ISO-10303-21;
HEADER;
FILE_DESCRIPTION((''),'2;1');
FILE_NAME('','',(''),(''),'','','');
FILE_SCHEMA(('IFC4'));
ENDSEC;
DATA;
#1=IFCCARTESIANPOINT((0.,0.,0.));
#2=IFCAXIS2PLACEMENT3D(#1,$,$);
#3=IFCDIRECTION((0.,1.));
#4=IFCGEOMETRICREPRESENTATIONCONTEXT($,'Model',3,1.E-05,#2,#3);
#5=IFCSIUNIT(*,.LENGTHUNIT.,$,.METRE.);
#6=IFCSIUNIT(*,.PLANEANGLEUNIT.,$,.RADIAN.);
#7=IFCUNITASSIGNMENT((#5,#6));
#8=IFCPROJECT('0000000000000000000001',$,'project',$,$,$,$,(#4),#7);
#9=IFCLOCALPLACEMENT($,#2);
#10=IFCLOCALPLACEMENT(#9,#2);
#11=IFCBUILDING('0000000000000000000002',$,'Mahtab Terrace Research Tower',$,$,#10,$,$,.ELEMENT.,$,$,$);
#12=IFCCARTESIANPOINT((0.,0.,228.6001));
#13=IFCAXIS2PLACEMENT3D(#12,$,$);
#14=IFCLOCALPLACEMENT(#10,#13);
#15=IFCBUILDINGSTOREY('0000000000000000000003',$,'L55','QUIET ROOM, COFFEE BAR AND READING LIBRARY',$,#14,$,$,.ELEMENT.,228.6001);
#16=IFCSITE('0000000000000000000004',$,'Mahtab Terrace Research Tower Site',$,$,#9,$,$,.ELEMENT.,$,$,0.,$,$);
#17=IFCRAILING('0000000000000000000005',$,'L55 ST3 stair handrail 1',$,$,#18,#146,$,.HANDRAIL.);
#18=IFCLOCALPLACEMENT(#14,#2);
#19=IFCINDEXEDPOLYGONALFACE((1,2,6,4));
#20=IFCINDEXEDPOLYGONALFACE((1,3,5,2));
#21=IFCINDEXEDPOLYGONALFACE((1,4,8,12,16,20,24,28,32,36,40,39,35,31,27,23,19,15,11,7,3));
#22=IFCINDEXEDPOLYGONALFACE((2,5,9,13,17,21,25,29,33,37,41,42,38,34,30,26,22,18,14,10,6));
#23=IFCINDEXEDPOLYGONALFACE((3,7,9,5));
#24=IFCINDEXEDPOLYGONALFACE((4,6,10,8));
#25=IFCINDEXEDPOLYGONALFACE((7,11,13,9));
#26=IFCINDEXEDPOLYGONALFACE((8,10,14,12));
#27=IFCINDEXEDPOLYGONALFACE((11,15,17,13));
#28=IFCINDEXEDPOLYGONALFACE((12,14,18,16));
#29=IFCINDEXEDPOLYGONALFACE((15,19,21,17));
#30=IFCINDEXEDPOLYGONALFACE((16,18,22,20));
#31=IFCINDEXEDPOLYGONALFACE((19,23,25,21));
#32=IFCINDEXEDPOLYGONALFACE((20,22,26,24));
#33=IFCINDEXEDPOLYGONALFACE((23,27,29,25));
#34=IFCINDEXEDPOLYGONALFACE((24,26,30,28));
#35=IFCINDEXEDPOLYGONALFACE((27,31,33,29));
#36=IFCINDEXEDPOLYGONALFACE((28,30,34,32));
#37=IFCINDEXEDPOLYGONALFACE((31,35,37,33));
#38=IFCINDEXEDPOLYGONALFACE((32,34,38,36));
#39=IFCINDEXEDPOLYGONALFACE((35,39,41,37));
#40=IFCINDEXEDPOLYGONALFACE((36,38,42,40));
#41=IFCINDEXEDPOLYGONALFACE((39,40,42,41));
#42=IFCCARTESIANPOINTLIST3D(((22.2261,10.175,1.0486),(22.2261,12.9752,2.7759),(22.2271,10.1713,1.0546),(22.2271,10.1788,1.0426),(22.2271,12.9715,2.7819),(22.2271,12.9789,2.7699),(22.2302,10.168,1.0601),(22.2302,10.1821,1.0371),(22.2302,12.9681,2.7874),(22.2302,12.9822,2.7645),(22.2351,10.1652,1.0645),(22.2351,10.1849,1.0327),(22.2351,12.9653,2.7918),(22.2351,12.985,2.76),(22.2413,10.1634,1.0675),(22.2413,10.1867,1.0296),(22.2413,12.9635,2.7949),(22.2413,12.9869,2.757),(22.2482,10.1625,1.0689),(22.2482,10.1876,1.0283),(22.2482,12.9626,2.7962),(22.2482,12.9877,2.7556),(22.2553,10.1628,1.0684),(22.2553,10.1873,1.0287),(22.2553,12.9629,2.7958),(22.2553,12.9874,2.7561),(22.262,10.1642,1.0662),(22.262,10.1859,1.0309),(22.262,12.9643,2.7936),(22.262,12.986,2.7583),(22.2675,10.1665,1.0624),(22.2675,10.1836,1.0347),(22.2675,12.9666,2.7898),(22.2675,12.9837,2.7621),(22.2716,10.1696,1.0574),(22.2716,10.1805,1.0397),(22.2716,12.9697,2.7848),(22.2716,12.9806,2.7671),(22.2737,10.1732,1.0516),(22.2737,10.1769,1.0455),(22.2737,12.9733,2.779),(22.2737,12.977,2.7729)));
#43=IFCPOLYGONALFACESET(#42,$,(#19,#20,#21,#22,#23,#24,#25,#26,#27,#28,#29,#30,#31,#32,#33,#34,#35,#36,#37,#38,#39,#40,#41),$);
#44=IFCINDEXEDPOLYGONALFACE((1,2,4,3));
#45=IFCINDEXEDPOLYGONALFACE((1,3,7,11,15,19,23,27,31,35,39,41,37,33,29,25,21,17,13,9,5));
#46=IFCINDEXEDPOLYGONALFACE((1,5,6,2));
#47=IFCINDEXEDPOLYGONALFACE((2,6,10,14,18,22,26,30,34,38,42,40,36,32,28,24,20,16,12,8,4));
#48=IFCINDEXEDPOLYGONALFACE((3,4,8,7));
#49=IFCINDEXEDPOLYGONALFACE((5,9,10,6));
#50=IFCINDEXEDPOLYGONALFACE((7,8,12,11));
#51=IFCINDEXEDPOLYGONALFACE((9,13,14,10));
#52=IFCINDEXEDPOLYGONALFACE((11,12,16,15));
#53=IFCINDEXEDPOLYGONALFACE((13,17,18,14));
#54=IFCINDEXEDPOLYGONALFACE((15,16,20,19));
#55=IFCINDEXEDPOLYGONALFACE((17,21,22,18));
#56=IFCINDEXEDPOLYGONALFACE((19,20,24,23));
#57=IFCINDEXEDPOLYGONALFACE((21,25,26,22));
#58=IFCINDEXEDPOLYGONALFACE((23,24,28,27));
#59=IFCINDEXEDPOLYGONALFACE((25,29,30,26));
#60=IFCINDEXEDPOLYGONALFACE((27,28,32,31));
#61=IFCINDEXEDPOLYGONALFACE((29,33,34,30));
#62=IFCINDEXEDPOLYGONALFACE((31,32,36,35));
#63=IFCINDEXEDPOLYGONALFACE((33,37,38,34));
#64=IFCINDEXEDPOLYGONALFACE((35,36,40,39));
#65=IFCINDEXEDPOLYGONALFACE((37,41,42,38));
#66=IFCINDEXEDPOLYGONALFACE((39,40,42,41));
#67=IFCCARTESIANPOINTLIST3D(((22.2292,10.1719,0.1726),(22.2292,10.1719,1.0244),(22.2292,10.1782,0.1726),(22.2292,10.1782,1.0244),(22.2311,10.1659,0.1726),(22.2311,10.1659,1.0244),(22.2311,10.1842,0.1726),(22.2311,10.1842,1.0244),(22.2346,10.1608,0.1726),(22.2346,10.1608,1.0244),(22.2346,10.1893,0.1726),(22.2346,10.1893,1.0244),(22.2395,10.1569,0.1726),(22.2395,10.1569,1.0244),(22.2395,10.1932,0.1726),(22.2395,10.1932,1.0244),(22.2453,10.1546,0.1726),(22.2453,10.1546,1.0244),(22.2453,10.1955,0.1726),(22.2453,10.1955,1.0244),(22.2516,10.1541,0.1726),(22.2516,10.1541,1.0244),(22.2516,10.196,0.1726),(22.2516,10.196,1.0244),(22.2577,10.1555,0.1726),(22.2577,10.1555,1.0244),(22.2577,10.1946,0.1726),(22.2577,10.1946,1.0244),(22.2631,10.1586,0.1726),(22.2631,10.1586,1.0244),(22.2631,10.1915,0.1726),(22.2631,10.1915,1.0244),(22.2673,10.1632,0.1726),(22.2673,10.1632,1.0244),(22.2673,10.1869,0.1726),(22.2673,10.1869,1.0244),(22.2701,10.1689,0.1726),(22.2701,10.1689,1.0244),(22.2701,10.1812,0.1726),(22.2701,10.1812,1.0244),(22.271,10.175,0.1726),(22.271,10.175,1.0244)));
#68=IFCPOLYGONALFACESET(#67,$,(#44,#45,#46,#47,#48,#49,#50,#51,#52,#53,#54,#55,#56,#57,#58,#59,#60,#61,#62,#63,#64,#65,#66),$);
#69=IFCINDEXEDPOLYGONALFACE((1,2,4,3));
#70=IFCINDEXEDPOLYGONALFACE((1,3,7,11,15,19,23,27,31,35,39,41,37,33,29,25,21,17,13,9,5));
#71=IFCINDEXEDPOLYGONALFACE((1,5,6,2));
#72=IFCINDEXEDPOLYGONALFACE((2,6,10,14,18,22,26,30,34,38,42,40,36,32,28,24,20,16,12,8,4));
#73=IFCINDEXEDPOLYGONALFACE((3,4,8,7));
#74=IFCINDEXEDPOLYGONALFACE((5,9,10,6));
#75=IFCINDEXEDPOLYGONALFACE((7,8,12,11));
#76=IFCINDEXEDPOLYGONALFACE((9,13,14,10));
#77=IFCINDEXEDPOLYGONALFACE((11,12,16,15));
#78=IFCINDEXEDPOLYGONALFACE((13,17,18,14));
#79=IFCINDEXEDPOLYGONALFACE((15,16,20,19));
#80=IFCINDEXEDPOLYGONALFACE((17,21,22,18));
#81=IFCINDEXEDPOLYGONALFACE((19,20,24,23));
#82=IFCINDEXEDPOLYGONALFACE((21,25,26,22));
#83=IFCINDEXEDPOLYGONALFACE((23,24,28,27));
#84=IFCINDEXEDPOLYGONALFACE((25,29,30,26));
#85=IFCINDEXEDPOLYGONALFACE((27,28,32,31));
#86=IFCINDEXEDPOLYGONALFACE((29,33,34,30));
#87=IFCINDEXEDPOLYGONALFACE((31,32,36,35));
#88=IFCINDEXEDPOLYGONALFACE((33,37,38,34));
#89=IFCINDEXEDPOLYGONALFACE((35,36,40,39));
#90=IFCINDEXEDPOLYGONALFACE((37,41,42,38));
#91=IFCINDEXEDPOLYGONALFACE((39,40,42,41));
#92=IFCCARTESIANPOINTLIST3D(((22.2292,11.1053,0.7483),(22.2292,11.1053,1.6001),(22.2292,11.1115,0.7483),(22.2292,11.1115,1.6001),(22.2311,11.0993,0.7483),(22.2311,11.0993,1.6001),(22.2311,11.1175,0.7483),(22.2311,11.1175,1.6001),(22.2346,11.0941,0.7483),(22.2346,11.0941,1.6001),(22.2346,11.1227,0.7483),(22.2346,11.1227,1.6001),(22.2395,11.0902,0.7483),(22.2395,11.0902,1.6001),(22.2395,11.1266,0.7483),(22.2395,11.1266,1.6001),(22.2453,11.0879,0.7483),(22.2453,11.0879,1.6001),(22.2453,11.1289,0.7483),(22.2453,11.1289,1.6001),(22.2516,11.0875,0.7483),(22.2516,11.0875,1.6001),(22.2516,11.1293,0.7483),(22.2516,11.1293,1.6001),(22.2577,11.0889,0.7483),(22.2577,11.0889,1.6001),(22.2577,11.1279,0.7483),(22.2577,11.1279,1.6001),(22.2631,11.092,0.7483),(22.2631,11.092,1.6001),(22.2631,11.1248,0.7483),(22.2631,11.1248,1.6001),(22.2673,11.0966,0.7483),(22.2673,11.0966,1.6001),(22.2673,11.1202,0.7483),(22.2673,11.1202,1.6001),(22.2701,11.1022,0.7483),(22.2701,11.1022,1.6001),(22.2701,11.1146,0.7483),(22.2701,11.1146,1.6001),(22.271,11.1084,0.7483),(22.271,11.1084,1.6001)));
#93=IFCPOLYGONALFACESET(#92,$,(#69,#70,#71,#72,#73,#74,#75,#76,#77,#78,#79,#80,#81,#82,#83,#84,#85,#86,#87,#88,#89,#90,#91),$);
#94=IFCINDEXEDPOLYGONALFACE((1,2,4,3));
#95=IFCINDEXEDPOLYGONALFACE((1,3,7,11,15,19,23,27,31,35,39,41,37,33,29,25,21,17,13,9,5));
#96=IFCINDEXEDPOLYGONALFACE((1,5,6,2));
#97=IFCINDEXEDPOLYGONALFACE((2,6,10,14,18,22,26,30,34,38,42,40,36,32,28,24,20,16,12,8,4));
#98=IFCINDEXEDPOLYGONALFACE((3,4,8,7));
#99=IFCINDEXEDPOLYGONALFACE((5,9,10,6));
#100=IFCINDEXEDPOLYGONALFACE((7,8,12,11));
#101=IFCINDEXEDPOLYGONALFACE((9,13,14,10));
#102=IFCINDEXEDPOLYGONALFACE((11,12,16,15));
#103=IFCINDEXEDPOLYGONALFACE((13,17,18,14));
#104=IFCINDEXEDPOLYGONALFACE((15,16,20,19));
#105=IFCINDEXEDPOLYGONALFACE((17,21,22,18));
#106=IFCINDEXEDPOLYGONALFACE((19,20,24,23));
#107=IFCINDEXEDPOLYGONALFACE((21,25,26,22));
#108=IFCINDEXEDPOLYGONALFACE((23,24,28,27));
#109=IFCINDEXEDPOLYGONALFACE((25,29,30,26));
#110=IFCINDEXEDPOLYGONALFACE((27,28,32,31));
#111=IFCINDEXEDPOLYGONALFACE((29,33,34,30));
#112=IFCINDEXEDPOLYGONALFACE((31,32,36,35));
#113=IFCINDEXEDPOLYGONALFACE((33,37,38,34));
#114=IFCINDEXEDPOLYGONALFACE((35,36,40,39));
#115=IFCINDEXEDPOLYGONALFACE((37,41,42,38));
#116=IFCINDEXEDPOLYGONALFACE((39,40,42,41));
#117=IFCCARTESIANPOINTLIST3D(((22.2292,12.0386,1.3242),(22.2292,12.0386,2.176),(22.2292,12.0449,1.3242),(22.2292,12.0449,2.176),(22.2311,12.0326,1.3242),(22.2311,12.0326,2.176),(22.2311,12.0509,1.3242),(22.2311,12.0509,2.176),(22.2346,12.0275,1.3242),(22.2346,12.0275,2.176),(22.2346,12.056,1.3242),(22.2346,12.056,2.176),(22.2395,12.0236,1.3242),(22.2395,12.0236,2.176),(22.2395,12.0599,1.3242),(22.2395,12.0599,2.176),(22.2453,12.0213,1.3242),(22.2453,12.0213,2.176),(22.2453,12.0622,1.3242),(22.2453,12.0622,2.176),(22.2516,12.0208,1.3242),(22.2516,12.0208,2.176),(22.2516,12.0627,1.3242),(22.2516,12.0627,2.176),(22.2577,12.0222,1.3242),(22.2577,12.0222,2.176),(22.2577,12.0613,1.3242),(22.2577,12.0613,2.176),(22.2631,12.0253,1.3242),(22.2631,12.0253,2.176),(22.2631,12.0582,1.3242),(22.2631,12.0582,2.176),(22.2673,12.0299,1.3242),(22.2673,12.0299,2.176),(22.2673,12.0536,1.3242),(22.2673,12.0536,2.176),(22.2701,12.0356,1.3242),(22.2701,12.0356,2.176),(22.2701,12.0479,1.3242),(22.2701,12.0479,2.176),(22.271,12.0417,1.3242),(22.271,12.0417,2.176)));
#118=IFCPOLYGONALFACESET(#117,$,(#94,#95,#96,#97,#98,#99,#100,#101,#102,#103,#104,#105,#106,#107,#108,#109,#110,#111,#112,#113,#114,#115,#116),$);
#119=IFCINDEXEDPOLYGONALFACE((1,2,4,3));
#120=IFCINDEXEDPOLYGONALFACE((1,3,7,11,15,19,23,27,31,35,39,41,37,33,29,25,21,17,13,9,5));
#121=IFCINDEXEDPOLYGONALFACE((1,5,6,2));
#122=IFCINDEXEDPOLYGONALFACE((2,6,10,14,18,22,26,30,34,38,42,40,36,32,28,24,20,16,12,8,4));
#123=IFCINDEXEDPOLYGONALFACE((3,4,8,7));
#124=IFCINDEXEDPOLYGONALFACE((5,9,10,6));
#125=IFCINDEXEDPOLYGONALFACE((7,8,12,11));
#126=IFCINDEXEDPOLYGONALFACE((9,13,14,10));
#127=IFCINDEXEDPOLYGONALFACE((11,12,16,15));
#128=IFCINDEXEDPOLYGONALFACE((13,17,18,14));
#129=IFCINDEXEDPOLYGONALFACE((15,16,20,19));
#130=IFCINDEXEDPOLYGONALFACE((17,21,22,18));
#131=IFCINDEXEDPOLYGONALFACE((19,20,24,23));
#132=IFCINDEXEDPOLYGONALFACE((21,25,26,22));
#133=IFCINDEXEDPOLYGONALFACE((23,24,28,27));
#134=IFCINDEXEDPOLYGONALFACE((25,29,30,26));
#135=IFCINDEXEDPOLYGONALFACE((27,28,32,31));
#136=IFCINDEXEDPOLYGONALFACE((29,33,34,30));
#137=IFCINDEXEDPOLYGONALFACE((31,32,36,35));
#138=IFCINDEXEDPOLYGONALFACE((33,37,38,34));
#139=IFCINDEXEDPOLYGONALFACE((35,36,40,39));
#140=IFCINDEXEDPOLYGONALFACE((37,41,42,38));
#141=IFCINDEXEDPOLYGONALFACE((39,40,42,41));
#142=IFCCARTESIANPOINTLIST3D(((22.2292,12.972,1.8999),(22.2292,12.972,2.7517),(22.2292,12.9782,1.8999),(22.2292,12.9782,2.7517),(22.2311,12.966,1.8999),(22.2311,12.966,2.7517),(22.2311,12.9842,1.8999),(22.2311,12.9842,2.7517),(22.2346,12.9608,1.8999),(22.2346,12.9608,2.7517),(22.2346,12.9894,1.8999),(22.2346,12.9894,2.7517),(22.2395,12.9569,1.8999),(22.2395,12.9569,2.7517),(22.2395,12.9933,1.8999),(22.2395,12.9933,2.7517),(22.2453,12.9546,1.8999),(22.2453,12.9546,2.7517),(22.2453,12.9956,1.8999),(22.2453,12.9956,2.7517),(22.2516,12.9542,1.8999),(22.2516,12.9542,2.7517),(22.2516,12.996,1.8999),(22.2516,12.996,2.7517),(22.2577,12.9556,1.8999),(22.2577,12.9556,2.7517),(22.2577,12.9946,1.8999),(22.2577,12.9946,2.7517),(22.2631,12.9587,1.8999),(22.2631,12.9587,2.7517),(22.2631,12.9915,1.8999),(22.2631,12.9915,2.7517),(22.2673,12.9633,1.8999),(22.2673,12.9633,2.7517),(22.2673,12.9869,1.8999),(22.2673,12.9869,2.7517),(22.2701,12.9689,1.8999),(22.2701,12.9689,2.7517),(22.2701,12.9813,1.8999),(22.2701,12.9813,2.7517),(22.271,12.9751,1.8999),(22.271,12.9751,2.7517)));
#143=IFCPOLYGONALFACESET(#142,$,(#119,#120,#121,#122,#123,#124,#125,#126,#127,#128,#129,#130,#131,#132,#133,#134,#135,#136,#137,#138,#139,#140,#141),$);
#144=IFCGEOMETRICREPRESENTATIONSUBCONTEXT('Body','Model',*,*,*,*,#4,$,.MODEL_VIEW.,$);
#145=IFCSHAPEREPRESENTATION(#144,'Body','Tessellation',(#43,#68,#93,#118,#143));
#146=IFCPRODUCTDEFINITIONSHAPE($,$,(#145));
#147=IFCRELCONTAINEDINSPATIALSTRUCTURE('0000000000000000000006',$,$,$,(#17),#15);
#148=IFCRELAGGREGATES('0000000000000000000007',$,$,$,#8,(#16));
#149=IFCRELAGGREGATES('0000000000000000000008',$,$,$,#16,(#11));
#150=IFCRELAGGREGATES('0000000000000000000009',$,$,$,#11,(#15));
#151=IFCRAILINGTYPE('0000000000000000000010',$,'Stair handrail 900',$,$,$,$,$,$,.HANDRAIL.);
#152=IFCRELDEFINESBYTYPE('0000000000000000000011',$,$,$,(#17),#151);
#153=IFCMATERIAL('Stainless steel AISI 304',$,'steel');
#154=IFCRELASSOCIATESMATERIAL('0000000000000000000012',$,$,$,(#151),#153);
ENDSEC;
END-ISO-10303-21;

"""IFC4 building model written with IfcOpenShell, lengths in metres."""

from ifc_helpers import new_model, si_unit, direction, frame, origin, origin_2d, place, context, subcontext, project, spatial, circle, extrude, material, type_object, element, save


model = new_model("IFC4")

# Units and contexts
model_context = context("Model", 3, precision=1e-05, world=origin(), true_north=direction((0.0, 1.0)))
body_context = subcontext(model_context, "Body", "Model", "MODEL_VIEW")
ifc_project = project(units=[si_unit("LENGTHUNIT", "METRE"), si_unit("PLANEANGLEUNIT", "RADIAN")], contexts=[model_context])

# Site, building, storey
site_placement = place(None, origin())
site = spatial("IfcSite", under=ifc_project, at=site_placement, Name="Mahtab Terrace Research Tower Site", CompositionType="ELEMENT", RefElevation=0.0)
building_placement = place(site_placement, origin())
building = spatial("IfcBuilding", under=site, at=building_placement, Name="Mahtab Terrace Research Tower", CompositionType="ELEMENT")
storey_placement = place(building_placement, frame((0.0, 0.0, 228.6001)))
storey = spatial("IfcBuildingStorey", under=building, at=storey_placement, Name="L55", Description="QUIET ROOM, COFFEE BAR AND READING LIBRARY", CompositionType="ELEMENT", Elevation=228.6001)

# Shared definitions
ifc_material_1 = material(Name="Stainless steel AISI 304", Category="steel")

# Railing
railing_type_1 = type_object("IfcRailingType", Name="Stair handrail 900", PredefinedType="HANDRAIL", material=ifc_material_1)
railing_1_placement = place(storey_placement, frame((22.25, 10.175, 0.1726)))
element("IfcRailing", 1, at=railing_1_placement, inside=storey, type_object=railing_type_1, Name="L55 ST3 stair handrail 1", PredefinedType="HANDRAIL", context=body_context, shape_type="SweptSolid", body=[
    extrude(circle(Radius=0.0239, at=origin_2d()), frame((0.0, 0.0, 0.876), z_axis=(0.0, 0.85109, 0.52502), x_axis=(-1.0, 0.0, 0.0)), (0.0, 0.0, 1.0), 3.29),
    extrude(circle(Radius=0.021, at=origin_2d()), origin(), (0.0, 0.0, 1.0), 0.8518),
    extrude(circle(Radius=0.021, at=origin_2d()), frame((0.0, 0.9333, 0.5757)), (0.0, 0.0, 1.0), 0.8518),
    extrude(circle(Radius=0.021, at=origin_2d()), frame((0.0, 1.8667, 1.1516)), (0.0, 0.0, 1.0), 0.8518),
    extrude(circle(Radius=0.021, at=origin_2d()), frame((0.0, 2.8, 1.7273)), (0.0, 0.0, 1.0), 0.8518),
])

save(model, "model.ifc")
